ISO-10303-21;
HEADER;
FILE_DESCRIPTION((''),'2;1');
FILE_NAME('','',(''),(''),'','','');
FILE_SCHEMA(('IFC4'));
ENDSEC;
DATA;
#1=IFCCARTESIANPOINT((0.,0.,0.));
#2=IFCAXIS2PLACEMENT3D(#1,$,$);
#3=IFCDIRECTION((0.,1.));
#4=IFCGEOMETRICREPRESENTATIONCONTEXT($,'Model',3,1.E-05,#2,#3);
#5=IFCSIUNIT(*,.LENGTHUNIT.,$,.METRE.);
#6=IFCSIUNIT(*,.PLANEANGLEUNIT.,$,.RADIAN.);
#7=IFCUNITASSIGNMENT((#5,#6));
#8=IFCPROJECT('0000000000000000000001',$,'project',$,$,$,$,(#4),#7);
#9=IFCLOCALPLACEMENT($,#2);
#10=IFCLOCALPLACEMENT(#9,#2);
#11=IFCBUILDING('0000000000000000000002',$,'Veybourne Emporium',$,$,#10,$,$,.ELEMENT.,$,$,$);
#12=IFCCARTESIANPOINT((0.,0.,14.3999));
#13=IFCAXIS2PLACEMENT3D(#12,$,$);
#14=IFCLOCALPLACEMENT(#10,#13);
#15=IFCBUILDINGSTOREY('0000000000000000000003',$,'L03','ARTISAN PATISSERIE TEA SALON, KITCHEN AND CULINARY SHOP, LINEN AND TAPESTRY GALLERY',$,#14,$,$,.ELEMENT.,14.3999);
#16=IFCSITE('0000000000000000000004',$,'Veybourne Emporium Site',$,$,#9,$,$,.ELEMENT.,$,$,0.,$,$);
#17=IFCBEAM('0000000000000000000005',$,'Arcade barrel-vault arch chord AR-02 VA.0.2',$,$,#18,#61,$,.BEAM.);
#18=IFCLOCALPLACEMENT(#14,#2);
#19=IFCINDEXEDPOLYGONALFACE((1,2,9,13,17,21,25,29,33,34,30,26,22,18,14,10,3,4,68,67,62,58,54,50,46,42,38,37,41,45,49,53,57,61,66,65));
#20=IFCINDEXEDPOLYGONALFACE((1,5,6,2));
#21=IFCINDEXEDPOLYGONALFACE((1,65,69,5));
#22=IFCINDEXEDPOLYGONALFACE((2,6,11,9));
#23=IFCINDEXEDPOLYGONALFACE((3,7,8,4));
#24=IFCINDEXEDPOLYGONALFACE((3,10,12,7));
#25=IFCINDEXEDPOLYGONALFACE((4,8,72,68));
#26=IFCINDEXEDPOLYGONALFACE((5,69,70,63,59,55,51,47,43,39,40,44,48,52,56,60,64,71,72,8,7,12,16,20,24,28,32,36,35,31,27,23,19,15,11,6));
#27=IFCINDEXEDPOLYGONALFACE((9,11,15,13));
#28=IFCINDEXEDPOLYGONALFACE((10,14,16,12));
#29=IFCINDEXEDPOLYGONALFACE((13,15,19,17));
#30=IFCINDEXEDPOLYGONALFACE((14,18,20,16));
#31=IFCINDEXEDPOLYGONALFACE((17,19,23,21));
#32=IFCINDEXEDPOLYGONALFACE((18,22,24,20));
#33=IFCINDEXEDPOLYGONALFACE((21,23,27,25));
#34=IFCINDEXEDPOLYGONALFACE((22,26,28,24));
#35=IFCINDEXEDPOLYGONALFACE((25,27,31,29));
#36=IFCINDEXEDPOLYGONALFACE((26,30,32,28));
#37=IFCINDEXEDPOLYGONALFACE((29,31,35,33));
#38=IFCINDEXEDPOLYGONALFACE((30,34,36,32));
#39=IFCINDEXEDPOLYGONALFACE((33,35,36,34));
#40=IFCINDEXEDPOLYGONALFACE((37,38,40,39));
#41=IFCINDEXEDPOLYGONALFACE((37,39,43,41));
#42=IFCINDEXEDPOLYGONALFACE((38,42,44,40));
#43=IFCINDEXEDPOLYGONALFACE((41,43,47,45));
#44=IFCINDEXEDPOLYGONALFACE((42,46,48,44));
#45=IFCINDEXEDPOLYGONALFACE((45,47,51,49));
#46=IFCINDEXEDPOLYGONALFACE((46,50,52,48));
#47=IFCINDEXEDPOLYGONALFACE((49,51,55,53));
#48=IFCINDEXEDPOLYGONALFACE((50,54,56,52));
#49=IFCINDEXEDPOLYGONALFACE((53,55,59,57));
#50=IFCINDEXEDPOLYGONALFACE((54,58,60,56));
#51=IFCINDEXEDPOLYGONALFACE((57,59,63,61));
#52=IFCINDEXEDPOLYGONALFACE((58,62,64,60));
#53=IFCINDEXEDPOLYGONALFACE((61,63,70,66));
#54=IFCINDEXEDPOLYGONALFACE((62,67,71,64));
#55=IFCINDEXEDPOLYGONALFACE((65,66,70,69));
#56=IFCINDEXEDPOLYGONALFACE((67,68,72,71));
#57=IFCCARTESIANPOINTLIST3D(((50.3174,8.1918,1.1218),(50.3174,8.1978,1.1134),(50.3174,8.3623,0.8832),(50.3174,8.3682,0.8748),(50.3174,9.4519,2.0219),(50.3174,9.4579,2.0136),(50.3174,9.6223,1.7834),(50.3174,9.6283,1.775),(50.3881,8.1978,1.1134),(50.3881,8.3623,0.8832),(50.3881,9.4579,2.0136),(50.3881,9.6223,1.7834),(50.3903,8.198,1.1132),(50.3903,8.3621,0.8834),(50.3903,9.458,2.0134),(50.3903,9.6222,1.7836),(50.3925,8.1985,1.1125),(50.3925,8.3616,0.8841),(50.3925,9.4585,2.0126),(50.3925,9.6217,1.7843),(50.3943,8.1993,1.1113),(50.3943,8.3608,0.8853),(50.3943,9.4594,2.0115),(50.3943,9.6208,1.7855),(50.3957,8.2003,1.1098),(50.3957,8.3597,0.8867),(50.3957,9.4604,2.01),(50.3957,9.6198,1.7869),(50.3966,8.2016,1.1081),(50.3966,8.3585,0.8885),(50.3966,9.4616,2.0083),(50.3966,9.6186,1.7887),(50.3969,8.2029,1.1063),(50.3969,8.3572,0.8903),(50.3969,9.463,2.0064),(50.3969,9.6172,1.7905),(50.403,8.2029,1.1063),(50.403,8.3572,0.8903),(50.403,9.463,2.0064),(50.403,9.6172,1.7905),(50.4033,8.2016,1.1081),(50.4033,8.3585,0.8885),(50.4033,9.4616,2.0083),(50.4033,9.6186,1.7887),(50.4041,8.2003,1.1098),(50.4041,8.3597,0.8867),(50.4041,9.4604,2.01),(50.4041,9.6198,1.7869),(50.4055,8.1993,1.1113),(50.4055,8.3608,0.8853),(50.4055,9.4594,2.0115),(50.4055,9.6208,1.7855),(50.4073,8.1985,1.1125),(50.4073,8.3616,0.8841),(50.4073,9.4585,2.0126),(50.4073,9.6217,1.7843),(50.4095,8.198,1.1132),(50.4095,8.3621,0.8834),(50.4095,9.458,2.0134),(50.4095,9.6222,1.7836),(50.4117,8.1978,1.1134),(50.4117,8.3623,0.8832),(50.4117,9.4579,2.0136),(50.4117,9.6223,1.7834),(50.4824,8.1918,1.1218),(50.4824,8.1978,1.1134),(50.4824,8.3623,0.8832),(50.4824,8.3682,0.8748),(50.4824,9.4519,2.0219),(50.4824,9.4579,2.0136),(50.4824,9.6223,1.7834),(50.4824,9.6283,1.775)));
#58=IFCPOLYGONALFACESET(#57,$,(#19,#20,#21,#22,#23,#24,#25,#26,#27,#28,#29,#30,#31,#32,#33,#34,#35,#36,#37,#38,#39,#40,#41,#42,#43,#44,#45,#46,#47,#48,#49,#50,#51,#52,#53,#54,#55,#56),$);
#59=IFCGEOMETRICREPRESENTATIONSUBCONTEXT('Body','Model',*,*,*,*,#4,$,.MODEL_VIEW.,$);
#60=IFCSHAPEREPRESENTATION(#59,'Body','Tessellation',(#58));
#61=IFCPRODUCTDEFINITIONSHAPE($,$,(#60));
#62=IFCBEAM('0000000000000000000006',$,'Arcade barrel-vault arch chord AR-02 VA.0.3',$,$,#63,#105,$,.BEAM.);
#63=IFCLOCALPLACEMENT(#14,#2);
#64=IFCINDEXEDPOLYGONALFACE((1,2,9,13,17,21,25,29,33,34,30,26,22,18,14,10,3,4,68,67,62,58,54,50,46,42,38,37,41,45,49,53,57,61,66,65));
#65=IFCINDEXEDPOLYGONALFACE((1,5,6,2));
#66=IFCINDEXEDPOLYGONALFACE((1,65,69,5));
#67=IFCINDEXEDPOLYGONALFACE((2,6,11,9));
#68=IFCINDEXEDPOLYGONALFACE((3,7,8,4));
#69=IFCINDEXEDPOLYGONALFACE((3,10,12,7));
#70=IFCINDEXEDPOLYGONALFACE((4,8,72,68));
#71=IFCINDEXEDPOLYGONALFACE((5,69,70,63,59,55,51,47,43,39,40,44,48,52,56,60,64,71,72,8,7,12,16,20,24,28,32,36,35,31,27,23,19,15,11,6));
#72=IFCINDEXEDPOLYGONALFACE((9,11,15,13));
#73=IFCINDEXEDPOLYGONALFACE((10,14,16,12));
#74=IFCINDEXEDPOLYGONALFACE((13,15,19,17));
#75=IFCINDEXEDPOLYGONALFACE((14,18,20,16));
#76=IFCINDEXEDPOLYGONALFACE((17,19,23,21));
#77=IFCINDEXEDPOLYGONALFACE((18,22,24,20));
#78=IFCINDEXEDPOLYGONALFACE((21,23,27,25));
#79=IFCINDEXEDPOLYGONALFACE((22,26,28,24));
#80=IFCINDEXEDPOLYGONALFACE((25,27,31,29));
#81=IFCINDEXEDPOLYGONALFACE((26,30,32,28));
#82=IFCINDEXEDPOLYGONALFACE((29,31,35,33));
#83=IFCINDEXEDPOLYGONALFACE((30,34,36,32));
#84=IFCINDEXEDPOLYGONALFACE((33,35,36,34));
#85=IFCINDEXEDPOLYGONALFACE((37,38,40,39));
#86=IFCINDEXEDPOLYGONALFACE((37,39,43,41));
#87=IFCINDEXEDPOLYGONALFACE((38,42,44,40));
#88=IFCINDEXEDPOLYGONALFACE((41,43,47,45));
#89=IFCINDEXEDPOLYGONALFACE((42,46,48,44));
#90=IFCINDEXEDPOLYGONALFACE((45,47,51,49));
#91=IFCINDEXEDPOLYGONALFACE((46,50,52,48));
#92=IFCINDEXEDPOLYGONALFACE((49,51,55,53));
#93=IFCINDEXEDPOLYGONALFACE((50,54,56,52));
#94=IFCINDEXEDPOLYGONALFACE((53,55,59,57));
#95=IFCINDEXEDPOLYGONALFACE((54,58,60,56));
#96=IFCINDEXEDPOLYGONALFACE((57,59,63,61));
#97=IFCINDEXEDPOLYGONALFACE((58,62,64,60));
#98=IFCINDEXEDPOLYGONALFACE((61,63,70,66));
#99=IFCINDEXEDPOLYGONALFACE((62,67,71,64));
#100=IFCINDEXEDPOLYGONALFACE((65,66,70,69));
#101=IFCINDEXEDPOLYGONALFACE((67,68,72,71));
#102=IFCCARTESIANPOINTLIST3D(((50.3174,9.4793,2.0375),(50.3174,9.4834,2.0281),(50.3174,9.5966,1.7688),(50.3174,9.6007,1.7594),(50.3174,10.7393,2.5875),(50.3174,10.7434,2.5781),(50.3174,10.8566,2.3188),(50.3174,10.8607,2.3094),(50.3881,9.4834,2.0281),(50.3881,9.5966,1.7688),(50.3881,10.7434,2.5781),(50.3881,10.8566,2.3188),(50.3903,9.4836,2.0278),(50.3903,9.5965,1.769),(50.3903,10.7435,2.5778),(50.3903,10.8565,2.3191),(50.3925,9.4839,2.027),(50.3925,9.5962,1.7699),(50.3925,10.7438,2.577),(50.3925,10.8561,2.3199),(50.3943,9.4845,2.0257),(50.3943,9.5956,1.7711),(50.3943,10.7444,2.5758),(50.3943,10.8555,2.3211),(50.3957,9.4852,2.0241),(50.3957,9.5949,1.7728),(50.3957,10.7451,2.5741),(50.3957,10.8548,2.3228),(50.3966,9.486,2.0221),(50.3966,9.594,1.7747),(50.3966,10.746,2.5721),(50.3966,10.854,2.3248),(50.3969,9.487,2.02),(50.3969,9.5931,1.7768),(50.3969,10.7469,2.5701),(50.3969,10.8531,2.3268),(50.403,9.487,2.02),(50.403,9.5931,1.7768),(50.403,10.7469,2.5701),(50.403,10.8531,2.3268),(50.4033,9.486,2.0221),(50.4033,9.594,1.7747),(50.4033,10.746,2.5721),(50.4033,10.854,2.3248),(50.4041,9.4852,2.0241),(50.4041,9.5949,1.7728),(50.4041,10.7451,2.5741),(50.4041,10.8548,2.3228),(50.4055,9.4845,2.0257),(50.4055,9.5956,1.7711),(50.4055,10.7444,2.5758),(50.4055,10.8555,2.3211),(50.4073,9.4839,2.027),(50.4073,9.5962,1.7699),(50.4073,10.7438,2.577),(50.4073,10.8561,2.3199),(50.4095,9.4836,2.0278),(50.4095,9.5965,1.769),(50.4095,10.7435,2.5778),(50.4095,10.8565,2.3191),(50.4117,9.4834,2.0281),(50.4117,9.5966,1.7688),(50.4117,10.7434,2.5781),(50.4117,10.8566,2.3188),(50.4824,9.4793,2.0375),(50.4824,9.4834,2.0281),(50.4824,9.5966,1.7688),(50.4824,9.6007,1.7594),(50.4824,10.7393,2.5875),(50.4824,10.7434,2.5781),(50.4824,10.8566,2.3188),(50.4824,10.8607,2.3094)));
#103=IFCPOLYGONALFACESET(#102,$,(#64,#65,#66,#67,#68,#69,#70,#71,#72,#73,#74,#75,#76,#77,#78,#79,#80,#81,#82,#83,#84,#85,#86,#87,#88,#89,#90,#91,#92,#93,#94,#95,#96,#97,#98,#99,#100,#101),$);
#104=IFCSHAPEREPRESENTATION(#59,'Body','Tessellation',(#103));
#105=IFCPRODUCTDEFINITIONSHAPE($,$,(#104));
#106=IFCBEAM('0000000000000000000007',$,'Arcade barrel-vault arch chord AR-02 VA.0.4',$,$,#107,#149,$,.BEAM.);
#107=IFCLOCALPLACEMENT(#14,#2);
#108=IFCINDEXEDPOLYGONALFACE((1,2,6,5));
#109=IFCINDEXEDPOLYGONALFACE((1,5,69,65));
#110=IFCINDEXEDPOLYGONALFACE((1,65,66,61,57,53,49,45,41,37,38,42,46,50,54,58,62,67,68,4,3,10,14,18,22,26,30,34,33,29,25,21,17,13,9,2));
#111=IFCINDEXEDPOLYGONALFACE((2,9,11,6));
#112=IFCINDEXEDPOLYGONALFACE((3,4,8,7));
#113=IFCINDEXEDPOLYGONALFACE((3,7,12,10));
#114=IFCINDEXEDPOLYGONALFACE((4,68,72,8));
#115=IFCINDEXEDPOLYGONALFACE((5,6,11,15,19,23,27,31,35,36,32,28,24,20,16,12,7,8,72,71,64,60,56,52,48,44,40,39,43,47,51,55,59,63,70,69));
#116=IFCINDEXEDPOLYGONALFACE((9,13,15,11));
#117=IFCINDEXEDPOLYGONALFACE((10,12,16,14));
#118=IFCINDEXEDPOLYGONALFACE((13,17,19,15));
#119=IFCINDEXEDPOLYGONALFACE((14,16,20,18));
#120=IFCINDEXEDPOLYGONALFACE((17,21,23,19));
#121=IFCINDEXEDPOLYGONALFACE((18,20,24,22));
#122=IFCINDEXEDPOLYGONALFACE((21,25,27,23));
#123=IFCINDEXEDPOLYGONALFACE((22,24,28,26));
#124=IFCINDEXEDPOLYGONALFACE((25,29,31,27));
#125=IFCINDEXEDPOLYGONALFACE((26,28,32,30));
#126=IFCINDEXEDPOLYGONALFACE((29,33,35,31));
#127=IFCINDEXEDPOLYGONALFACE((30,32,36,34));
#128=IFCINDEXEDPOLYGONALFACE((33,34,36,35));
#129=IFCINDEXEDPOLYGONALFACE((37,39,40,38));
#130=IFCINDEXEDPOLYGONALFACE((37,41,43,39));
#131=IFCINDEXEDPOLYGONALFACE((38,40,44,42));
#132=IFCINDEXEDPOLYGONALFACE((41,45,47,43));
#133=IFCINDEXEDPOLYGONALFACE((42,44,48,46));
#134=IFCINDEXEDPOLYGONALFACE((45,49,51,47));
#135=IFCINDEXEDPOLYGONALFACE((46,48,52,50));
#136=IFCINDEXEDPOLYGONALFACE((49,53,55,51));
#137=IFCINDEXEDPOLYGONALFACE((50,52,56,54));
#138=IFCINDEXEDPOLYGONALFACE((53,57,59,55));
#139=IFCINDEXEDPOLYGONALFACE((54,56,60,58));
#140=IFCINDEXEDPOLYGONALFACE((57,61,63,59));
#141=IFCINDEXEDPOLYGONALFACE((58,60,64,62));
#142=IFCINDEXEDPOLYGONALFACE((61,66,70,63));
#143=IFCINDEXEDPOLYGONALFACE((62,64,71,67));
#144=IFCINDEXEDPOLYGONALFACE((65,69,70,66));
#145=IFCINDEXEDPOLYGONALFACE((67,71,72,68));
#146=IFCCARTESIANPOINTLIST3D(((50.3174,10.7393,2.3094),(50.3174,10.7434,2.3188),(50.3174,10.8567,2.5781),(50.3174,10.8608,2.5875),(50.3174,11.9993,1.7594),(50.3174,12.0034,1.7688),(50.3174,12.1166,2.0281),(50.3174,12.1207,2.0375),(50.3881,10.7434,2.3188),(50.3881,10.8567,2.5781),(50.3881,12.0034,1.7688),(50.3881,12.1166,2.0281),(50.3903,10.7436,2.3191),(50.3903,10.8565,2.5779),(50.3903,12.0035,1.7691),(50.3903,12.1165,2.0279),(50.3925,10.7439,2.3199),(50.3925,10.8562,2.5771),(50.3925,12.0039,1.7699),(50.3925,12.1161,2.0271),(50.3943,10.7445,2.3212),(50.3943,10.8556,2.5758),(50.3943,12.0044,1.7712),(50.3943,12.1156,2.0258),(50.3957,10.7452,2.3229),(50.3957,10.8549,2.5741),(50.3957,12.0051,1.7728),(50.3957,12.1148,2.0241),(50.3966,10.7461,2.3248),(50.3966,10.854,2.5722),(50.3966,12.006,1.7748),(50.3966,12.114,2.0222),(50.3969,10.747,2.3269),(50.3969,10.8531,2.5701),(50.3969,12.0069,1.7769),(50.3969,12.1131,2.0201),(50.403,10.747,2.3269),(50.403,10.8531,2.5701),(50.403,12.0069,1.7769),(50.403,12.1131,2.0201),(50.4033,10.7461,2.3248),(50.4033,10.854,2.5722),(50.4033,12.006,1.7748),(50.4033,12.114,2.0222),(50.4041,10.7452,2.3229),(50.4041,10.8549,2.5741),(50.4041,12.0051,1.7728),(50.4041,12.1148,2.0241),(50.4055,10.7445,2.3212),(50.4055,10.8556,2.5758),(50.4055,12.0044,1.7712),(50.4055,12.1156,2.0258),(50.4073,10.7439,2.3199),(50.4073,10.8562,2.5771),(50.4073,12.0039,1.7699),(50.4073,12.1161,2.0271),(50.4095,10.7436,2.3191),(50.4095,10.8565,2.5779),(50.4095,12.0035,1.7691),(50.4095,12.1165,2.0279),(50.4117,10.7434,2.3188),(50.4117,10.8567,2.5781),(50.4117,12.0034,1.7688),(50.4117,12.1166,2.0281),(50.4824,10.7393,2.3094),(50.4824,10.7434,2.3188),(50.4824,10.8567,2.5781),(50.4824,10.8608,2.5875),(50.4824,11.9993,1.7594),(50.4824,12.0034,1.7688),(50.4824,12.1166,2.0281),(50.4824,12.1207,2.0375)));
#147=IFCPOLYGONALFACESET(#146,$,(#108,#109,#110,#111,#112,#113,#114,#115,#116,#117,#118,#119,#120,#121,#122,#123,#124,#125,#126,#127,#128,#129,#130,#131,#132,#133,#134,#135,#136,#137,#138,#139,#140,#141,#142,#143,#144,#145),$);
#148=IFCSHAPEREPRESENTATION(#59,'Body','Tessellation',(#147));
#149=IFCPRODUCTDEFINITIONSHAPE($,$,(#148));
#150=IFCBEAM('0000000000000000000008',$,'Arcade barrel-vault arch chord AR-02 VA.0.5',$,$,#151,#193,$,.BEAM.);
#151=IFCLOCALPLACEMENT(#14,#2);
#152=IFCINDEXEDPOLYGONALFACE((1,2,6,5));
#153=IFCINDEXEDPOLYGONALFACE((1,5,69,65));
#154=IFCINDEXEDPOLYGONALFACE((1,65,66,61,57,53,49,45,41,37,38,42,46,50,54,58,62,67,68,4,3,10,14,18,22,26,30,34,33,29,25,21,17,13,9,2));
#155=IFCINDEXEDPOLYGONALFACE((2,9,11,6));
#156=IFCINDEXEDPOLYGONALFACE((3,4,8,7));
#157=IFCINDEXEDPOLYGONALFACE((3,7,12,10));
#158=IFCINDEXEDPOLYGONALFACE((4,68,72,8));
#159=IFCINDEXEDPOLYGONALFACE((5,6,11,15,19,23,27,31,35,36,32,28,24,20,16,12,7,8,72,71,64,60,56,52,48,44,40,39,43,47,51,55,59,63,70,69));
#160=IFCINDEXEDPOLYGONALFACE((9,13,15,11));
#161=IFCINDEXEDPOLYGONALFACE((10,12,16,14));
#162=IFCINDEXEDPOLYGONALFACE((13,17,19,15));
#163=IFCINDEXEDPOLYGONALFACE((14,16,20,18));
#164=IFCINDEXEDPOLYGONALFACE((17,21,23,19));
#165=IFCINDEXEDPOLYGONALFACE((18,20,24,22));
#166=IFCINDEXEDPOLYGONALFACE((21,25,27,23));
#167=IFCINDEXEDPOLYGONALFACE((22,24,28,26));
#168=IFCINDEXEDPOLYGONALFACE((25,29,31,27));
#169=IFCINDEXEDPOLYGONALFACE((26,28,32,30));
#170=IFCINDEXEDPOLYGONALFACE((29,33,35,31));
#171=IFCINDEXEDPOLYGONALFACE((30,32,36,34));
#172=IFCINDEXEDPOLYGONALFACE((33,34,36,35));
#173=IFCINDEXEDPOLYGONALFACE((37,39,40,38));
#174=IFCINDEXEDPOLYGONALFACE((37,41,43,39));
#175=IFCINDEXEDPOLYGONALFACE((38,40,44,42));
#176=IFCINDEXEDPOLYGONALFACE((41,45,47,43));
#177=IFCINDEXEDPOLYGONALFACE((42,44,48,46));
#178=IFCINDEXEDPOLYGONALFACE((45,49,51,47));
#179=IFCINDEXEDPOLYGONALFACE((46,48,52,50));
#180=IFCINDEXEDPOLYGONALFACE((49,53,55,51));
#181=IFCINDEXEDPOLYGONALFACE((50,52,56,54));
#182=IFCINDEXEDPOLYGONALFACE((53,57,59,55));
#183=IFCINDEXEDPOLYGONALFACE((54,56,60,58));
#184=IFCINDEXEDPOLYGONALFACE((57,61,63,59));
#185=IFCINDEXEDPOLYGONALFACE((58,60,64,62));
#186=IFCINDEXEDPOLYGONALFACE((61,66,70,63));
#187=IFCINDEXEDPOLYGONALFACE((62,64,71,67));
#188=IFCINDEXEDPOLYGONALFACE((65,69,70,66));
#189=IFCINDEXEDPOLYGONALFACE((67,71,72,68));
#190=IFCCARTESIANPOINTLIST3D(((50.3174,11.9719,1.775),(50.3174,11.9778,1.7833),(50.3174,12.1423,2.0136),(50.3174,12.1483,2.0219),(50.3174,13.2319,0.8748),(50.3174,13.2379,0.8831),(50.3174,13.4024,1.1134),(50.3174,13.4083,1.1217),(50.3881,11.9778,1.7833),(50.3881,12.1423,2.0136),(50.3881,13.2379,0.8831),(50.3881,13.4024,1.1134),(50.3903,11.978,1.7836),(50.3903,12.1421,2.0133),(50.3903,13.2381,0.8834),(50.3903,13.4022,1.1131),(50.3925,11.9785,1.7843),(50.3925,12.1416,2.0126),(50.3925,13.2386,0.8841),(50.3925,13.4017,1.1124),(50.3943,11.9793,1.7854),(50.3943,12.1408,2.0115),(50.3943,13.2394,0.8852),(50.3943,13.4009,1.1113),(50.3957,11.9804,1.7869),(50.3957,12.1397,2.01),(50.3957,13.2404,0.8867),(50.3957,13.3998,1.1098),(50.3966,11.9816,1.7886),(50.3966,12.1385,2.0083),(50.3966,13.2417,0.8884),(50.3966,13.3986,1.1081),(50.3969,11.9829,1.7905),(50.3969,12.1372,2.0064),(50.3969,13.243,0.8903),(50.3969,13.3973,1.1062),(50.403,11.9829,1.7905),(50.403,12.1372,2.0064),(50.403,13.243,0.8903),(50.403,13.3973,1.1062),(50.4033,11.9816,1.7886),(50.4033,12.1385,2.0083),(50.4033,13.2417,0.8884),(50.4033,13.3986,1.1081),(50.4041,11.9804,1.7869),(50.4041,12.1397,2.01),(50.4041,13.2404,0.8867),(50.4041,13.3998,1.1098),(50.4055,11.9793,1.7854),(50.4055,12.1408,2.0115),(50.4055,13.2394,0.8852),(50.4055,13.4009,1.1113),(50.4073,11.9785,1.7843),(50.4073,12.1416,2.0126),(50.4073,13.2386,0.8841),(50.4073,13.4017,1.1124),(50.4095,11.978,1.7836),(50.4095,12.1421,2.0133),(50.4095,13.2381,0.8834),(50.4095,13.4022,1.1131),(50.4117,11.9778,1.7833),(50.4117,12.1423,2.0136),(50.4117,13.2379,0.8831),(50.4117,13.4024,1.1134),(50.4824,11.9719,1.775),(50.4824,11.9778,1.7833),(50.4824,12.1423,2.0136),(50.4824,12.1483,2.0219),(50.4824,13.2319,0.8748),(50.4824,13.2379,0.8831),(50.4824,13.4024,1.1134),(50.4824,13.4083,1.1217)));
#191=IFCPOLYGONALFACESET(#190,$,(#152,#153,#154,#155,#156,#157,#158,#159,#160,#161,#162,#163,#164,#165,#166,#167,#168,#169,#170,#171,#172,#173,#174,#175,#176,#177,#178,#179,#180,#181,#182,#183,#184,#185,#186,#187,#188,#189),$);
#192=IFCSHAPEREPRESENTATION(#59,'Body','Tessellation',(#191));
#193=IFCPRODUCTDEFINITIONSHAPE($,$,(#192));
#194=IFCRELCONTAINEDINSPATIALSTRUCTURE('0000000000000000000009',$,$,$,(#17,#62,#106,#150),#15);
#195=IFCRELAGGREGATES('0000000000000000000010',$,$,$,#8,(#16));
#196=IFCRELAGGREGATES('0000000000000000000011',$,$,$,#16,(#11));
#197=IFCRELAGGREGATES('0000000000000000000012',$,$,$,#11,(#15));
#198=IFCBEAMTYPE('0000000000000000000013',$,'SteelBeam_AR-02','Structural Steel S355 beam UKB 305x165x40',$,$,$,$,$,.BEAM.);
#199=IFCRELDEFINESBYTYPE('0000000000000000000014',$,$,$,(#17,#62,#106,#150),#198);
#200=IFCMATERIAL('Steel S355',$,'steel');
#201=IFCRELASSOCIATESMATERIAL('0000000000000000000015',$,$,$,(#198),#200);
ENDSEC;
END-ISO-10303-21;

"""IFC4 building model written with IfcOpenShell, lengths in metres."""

from ifc_helpers import new_model, si_unit, direction, frame, origin, origin_2d, place, context, subcontext, project, spatial, i_section, extrude, material, material_profile, profile_set, type_object, element, save


model = new_model("IFC4")

# Units and contexts
model_context = context("Model", 3, precision=1e-05, world=origin(), true_north=direction((0.0, 1.0)))
body_context = subcontext(model_context, "Body", "Model", "MODEL_VIEW")
ifc_project = project(units=[si_unit("LENGTHUNIT", "METRE"), si_unit("PLANEANGLEUNIT", "RADIAN")], contexts=[model_context])

# Site, building, storey
site_placement = place(None, origin())
site = spatial("IfcSite", under=ifc_project, at=site_placement, Name="Veybourne Emporium Site", CompositionType="ELEMENT", RefElevation=0.0)
building_placement = place(site_placement, origin())
building = spatial("IfcBuilding", under=site, at=building_placement, Name="Veybourne Emporium", CompositionType="ELEMENT")
storey_placement = place(building_placement, frame((0.0, 0.0, 14.3999)))
storey = spatial("IfcBuildingStorey", under=building, at=storey_placement, Name="L03", Description="ARTISAN PATISSERIE TEA SALON, KITCHEN AND CULINARY SHOP, LINEN AND TAPESTRY GALLERY", CompositionType="ELEMENT", Elevation=14.3999)

# Beams
ifc_material_1 = material(Name="Steel S355", Category="steel")
ifc_material_profile_1 = material_profile(ifc_material_1, i_section(OverallWidth=0.165, OverallDepth=0.3035, WebThickness=0.0061, FlangeThickness=0.0103, FilletRadius=0.0088, at=origin_2d()), Name="UKB 305x165x40")
ifc_profile_set_1 = profile_set([ifc_material_profile_1], Name="Steel S355")
beam_type_1 = type_object("IfcBeamType", Name="SteelBeam_AR-02", Description="Structural Steel S355 beam UKB 305x165x40", PredefinedType="BEAM", material=ifc_profile_set_1)
beam_1_placement = place(storey_placement, frame((50.3999, 8.28, 0.9983), z_axis=(0.0, 0.813691, 0.581298), x_axis=(-1.0, 0.0, 0.0)))
element("IfcBeam", 1, at=beam_1_placement, inside=storey, type_object=beam_type_1, Name="Arcade barrel-vault arch chord AR-02 VA.0.2", PredefinedType="BEAM", context=body_context, shape_type="SweptSolid", body=[
    extrude(i_section(OverallWidth=0.165, OverallDepth=0.3035, WebThickness=0.0061, FlangeThickness=0.0103, FilletRadius=0.0088, at=origin_2d()), origin(), (0.0, 0.0, 1.0), 1.5486),
])
for number, where, z_axis, x_axis, name in (
    (2, (50.3999, 9.54, 1.8984), (0.0, 0.916479, 0.400083), (-1.0, 0.0, 0.0), "Arcade barrel-vault arch chord AR-02 VA.0.3"),
    (3, (50.3999, 10.8, 2.4485), (0.0, 0.916479, -0.400083), (-1.0, 0.0, 0.0), "Arcade barrel-vault arch chord AR-02 VA.0.4"),
):
    element("IfcBeam", number, at=place(storey_placement, frame(where, z_axis=z_axis, x_axis=x_axis)), inside=storey, type_object=beam_type_1, Name=name, PredefinedType="BEAM", context=body_context, shape_type="SweptSolid", body=[
        extrude(i_section(OverallWidth=0.165, OverallDepth=0.3035, WebThickness=0.0061, FlangeThickness=0.0103, FilletRadius=0.0088, at=origin_2d()), origin(), (0.0, 0.0, 1.0), 1.3748),
    ])
beam_2_placement = place(storey_placement, frame((50.3999, 12.0601, 1.8984), z_axis=(0.0, 0.813691, -0.581298), x_axis=(-1.0, 0.0, 0.0)))
element("IfcBeam", 4, at=beam_2_placement, inside=storey, type_object=beam_type_1, Name="Arcade barrel-vault arch chord AR-02 VA.0.5", PredefinedType="BEAM", context=body_context, shape_type="SweptSolid", body=[
    extrude(i_section(OverallWidth=0.165, OverallDepth=0.3035, WebThickness=0.0061, FlangeThickness=0.0103, FilletRadius=0.0088, at=origin_2d()), origin(), (0.0, 0.0, 1.0), 1.5486),
])

save(model, "model.ifc")
